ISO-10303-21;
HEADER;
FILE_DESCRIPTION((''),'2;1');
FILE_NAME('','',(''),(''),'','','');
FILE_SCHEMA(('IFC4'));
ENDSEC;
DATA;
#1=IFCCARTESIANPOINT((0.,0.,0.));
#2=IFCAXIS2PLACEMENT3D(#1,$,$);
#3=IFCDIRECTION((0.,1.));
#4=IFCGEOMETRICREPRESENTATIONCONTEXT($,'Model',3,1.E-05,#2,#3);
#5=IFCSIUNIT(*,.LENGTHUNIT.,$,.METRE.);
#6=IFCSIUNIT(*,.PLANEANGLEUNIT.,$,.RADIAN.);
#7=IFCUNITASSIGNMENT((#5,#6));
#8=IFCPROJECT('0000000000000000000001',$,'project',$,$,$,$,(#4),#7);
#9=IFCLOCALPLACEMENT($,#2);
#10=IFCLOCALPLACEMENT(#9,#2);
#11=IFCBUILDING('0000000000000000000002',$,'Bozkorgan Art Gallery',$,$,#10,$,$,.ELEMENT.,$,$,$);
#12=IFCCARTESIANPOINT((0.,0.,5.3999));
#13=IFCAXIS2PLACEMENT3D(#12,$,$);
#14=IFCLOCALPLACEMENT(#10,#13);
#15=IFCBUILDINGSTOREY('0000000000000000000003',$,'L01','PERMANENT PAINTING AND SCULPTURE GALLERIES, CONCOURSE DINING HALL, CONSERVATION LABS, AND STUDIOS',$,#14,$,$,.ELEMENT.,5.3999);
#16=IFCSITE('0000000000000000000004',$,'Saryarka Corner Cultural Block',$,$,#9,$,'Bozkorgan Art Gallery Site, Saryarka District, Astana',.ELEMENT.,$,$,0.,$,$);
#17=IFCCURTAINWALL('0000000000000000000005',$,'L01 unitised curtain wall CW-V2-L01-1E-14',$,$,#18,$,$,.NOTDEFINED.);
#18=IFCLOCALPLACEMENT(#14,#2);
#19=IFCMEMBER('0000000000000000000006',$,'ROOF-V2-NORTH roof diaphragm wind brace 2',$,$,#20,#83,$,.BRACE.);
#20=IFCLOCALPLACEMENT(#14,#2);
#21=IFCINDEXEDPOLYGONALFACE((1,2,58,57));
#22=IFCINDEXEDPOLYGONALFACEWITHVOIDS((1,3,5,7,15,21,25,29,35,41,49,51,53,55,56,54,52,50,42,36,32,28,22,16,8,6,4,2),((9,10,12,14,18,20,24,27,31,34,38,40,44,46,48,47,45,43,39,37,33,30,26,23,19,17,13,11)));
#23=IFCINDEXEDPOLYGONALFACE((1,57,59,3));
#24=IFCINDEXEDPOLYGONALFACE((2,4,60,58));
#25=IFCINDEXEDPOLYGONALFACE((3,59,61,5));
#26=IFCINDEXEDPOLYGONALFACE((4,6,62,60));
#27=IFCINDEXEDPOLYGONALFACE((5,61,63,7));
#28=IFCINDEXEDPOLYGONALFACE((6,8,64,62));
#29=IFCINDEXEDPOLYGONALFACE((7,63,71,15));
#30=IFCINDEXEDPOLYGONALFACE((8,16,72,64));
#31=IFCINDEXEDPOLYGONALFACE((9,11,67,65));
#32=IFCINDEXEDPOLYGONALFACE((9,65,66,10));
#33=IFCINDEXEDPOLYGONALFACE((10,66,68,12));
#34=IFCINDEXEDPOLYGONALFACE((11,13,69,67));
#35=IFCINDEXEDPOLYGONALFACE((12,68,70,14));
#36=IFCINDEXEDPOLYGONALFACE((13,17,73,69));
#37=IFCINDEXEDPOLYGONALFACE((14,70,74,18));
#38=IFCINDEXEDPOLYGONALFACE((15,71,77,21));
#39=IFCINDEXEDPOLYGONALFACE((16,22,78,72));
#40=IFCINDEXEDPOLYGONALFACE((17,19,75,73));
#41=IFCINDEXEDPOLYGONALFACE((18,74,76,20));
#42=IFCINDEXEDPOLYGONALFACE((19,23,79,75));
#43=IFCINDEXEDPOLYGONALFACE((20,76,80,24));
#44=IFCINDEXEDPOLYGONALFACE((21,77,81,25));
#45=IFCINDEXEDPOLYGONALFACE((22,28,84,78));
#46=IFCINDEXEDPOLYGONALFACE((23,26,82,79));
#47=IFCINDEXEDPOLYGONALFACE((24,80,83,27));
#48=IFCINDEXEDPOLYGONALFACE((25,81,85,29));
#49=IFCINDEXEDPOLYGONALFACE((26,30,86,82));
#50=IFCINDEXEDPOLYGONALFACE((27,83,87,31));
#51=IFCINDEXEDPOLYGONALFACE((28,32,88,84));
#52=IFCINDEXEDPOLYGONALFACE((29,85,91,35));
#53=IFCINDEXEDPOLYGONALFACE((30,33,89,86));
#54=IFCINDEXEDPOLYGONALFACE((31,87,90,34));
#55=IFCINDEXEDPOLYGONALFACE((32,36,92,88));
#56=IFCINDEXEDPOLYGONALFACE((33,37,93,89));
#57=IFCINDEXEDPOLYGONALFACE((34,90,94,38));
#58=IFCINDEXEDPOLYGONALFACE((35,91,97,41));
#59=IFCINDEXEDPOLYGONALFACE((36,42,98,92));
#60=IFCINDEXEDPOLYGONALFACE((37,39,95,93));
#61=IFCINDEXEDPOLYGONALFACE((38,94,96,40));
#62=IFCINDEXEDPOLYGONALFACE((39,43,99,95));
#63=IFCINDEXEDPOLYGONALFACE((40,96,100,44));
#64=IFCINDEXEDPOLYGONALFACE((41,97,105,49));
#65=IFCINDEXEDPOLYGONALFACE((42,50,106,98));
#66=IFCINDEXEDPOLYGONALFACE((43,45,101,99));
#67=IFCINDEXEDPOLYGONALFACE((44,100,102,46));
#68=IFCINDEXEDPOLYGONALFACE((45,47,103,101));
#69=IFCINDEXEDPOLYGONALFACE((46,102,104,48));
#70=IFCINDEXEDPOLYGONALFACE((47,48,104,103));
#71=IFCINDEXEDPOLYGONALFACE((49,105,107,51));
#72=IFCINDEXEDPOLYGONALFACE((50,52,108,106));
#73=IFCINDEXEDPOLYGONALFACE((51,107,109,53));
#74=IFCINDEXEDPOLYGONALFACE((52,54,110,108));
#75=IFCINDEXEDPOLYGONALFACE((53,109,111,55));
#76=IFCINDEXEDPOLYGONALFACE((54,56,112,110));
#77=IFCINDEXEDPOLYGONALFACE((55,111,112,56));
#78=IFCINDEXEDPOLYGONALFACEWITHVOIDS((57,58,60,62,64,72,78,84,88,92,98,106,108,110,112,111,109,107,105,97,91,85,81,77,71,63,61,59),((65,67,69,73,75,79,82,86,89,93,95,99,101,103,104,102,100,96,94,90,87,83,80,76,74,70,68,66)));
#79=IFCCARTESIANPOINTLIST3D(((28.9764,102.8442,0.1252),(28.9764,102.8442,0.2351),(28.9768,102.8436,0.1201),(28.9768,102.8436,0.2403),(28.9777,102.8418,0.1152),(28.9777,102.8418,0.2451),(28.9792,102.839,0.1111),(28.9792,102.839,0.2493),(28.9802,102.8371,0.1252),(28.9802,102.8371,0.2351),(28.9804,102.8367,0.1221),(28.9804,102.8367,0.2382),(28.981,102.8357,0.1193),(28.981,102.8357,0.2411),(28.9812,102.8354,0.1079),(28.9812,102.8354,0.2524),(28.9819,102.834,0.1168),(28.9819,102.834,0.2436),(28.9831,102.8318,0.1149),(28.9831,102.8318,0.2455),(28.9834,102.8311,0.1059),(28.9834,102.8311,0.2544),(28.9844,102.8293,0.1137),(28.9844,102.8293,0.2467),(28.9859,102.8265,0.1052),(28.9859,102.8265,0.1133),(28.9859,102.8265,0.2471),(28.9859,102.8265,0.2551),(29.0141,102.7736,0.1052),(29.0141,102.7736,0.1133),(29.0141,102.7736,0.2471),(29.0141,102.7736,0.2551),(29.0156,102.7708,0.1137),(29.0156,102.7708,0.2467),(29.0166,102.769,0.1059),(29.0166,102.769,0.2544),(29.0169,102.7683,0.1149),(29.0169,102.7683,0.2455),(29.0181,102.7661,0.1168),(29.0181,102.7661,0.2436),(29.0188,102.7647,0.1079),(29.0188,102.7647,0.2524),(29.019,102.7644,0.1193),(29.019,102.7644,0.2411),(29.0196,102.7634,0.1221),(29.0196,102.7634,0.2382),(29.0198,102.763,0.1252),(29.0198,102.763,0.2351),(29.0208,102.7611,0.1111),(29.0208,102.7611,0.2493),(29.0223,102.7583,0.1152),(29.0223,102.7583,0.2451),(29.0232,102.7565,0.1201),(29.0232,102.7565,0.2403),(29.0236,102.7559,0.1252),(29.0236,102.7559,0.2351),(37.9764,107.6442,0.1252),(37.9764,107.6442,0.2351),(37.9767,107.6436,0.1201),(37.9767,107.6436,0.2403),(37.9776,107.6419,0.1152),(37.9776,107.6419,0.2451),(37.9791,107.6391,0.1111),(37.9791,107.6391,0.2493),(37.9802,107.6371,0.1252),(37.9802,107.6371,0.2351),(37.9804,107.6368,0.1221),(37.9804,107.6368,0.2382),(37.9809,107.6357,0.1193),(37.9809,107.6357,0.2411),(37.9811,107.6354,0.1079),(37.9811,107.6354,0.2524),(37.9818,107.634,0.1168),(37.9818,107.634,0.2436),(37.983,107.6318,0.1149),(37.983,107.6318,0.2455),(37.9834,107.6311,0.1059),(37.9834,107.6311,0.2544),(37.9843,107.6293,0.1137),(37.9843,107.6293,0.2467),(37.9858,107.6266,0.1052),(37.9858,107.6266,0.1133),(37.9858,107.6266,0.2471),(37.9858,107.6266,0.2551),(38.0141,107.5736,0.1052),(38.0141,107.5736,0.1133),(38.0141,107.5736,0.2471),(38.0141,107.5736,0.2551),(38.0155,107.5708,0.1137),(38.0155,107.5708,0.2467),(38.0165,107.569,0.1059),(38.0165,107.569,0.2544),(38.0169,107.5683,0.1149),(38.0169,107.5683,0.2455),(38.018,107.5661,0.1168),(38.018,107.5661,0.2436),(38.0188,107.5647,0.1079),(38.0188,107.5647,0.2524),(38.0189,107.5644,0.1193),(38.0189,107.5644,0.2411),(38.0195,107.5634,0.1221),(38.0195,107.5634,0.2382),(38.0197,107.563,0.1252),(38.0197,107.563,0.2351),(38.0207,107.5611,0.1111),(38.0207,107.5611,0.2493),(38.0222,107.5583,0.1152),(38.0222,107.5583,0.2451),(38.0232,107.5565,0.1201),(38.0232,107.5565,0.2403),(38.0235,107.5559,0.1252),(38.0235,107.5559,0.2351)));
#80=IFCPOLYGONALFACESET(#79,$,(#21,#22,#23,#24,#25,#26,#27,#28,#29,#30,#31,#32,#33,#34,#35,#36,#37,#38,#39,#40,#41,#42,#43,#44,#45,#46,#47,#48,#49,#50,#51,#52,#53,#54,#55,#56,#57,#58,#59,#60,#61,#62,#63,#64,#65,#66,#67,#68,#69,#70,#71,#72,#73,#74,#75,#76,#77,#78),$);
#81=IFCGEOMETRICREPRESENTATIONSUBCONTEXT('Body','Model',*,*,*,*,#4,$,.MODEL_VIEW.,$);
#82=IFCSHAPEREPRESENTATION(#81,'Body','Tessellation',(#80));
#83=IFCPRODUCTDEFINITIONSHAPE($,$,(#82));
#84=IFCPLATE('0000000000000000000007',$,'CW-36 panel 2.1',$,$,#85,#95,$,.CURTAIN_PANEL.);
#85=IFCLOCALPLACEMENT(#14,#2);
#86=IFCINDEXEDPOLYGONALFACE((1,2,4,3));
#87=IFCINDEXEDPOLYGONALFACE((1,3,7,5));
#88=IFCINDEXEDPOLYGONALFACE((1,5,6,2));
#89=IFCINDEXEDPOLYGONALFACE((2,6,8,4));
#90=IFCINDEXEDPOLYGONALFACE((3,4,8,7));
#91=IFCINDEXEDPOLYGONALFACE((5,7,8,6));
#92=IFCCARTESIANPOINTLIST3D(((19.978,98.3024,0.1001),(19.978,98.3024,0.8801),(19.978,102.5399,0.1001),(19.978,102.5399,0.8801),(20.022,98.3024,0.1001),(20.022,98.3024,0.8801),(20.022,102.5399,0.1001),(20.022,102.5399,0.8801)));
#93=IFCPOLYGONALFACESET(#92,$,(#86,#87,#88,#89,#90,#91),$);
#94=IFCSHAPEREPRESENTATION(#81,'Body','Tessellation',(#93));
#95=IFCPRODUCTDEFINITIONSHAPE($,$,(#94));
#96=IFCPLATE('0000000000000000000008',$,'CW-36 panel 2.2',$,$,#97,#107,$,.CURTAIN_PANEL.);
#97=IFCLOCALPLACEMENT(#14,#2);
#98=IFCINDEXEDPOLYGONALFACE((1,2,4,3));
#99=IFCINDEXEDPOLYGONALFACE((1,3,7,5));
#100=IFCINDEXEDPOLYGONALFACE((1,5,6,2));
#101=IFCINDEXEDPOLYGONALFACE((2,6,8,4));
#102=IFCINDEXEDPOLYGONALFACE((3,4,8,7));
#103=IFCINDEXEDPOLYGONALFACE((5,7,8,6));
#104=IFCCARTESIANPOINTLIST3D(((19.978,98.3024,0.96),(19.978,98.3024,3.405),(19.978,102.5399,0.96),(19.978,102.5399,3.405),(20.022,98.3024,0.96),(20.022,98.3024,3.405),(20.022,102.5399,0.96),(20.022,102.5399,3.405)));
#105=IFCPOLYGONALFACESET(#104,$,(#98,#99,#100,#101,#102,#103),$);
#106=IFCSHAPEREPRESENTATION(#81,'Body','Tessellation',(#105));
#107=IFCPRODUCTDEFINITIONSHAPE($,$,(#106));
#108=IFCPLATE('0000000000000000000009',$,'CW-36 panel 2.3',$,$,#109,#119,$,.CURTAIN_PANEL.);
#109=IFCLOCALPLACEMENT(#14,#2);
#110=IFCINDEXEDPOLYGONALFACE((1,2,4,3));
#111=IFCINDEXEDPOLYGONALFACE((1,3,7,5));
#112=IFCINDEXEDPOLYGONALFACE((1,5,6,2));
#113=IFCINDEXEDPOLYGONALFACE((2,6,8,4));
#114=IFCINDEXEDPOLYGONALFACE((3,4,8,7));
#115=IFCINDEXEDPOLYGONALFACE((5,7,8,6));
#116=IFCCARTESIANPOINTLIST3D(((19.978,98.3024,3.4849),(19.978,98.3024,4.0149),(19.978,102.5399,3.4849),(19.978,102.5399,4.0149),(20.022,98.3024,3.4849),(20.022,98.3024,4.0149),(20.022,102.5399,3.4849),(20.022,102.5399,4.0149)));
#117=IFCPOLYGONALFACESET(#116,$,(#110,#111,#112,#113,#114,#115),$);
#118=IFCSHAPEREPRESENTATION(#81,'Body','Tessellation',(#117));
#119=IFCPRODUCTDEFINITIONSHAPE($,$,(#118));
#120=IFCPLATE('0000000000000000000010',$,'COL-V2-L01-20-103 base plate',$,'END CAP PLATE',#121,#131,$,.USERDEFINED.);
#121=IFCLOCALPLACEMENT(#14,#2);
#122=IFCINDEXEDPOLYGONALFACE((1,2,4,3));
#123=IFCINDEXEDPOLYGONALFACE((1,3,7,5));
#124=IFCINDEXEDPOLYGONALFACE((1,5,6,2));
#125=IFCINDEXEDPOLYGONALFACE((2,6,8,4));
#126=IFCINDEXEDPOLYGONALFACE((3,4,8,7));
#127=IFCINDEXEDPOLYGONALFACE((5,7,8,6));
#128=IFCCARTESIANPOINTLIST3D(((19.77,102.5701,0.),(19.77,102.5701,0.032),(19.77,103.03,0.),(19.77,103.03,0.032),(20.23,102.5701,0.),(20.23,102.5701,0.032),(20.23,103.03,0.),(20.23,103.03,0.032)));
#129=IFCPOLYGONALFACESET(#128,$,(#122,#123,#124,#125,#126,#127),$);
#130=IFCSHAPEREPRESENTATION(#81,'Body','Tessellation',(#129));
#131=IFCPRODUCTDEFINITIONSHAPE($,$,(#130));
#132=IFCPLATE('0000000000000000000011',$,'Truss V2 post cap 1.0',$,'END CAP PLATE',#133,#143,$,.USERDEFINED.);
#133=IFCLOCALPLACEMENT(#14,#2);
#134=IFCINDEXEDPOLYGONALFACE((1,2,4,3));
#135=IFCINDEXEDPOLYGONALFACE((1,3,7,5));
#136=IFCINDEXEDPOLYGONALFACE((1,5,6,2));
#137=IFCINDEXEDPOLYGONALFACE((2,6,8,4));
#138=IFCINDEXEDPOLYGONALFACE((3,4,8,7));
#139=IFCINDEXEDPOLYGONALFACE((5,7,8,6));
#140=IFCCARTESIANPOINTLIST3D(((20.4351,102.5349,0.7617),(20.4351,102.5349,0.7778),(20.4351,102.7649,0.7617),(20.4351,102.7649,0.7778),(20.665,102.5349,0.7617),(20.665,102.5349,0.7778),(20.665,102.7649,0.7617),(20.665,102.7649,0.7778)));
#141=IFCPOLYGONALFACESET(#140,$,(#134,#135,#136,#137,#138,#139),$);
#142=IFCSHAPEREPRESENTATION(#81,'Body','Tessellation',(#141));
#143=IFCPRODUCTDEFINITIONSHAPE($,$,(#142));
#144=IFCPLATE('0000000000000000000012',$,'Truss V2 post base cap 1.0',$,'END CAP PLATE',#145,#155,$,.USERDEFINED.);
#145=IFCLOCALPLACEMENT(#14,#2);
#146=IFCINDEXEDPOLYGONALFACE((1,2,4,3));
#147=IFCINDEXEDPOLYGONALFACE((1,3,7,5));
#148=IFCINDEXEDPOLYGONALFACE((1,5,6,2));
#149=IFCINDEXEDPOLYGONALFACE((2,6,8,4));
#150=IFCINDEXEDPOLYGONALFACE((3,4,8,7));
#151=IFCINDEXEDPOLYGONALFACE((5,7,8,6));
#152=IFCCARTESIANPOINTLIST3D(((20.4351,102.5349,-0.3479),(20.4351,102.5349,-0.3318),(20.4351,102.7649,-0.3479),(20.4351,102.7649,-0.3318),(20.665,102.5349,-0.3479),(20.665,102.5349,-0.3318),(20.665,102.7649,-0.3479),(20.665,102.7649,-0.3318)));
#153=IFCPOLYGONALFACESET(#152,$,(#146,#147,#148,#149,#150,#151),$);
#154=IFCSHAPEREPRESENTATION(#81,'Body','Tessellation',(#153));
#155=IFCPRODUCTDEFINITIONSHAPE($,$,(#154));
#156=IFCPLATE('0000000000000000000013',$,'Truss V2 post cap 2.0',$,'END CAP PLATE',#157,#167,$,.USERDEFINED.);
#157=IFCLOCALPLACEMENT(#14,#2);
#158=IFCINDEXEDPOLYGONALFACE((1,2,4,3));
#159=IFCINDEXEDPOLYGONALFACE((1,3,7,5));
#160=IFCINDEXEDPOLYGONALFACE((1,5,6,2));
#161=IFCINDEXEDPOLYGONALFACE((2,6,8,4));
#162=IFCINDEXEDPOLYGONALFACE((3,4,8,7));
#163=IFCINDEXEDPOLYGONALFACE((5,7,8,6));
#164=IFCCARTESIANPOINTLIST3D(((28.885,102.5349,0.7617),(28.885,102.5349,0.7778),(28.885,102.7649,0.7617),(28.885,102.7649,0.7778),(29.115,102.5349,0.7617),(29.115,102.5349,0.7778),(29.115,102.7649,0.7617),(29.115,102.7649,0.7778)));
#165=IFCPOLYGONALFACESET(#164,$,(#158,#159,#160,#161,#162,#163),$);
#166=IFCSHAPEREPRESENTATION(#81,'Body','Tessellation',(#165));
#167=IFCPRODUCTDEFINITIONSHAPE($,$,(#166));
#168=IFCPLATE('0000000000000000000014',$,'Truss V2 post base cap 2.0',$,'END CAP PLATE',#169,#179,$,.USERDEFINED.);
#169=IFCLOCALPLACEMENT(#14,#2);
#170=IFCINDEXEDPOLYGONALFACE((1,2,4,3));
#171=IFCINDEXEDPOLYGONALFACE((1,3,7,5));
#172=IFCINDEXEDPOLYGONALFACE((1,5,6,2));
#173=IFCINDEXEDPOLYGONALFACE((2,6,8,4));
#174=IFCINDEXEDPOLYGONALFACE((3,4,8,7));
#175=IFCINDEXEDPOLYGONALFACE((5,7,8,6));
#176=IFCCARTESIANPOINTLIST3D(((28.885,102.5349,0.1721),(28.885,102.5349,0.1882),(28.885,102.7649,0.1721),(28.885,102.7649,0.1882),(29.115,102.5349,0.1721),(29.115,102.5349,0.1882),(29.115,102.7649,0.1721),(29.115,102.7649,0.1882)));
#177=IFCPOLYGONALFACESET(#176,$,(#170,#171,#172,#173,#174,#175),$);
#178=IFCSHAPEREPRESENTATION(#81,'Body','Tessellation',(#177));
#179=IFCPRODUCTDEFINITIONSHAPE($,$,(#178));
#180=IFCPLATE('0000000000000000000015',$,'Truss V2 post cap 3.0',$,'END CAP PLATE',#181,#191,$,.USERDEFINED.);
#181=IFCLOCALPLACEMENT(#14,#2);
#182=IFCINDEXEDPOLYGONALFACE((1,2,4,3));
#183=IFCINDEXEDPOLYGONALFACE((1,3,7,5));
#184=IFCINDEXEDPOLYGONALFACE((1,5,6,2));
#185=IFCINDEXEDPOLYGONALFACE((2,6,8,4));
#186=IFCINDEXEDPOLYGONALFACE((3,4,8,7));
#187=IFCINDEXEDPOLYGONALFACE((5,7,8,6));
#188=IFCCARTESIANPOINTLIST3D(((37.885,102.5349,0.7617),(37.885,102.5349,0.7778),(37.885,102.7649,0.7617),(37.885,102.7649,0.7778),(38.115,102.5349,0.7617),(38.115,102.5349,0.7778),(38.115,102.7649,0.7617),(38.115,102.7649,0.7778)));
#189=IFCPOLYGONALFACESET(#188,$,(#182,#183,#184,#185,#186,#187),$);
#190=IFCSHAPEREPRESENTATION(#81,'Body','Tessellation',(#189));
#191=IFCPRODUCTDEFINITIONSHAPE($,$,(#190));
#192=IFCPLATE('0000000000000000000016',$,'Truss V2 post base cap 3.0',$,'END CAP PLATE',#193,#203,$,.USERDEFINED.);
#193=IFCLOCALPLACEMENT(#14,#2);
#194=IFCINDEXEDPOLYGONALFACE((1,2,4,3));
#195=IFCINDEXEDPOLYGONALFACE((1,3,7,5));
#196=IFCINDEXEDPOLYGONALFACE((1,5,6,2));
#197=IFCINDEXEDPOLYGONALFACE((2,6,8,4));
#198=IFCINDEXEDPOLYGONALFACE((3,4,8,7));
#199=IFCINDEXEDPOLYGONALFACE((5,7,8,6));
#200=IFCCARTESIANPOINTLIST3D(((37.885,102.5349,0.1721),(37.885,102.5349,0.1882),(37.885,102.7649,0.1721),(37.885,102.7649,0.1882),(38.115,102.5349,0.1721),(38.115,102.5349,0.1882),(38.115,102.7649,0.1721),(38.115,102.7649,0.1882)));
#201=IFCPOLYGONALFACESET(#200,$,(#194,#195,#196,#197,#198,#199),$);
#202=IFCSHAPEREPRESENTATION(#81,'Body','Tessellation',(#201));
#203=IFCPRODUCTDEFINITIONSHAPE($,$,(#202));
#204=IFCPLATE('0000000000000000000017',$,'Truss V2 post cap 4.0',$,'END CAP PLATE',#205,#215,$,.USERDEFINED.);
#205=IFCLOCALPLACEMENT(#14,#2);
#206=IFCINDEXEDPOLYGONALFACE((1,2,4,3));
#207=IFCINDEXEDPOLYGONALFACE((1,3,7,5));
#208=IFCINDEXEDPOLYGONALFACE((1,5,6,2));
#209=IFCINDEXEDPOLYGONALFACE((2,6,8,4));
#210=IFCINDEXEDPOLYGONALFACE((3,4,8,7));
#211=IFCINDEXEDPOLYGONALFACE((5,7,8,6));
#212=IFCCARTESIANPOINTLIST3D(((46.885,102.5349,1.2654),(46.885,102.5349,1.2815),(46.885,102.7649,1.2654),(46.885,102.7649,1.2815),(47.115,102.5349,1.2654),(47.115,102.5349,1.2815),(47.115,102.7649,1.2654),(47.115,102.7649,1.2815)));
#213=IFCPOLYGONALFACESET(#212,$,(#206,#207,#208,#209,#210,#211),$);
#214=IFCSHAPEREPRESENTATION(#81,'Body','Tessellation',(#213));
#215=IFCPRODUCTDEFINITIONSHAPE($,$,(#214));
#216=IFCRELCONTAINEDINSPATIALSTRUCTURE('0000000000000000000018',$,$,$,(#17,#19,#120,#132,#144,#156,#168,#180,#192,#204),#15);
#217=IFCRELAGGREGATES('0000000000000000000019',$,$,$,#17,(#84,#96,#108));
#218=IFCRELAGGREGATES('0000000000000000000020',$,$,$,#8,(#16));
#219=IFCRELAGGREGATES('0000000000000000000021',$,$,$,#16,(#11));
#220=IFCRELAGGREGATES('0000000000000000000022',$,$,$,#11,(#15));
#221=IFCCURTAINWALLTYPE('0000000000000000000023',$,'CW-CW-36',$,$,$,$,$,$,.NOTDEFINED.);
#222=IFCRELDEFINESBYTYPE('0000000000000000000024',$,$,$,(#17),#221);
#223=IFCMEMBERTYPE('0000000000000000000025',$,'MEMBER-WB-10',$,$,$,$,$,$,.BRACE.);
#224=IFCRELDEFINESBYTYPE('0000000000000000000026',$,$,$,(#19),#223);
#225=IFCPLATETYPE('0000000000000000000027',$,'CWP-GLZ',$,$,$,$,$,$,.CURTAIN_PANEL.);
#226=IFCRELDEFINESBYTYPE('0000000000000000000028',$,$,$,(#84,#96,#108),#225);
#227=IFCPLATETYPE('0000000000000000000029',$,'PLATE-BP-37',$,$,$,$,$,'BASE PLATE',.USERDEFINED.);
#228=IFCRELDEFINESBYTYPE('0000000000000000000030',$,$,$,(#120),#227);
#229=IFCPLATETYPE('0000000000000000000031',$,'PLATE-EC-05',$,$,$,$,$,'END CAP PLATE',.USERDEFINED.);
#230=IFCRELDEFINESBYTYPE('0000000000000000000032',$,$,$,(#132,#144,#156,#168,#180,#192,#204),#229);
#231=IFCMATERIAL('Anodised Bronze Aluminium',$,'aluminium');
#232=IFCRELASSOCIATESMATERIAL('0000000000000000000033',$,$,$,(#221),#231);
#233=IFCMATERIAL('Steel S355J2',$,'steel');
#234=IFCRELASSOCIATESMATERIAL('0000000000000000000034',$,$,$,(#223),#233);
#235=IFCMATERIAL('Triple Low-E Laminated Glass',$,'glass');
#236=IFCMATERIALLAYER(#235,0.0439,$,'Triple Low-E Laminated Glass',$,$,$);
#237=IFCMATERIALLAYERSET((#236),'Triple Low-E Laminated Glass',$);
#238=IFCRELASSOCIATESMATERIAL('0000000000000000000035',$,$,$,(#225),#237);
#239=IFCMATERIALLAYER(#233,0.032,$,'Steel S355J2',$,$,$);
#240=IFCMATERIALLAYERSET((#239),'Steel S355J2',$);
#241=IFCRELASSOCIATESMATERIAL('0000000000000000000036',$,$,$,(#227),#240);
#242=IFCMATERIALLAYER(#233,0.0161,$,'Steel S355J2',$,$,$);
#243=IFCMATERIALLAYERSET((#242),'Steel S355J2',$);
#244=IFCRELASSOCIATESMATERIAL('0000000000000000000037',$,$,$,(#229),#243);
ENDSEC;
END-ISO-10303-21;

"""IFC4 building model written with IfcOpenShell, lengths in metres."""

from ifc_helpers import new_model, si_unit, direction, frame, origin, origin_2d, place, context, subcontext, project, spatial, rectangle, hollow_rectangle, extrude, material, layer, layer_set, material_profile, profile_set, type_object, element, aggregate, save


model = new_model("IFC4")

# Units and contexts
model_context = context("Model", 3, precision=1e-05, world=origin(), true_north=direction((0.0, 1.0)))
body_context = subcontext(model_context, "Body", "Model", "MODEL_VIEW")
ifc_project = project(units=[si_unit("LENGTHUNIT", "METRE"), si_unit("PLANEANGLEUNIT", "RADIAN")], contexts=[model_context])

# Site, building, storey
site_placement = place(None, origin())
site = spatial("IfcSite", under=ifc_project, at=site_placement, Name="Saryarka Corner Cultural Block", LongName="Bozkorgan Art Gallery Site, Saryarka District, Astana", CompositionType="ELEMENT", RefElevation=0.0)
building_placement = place(site_placement, origin())
building = spatial("IfcBuilding", under=site, at=building_placement, Name="Bozkorgan Art Gallery", CompositionType="ELEMENT")
storey_placement = place(building_placement, frame((0.0, 0.0, 5.3999)))
storey = spatial("IfcBuildingStorey", under=building, at=storey_placement, Name="L01", Description="PERMANENT PAINTING AND SCULPTURE GALLERIES, CONCOURSE DINING HALL, CONSERVATION LABS, AND STUDIOS", CompositionType="ELEMENT", Elevation=5.3999)

# Shared definitions
ifc_material_1 = material(Name="Steel S355J2", Category="steel")

# Curtain wall
ifc_material_2 = material(Name="Anodised Bronze Aluminium", Category="aluminium")
curtain_wall_type = type_object("IfcCurtainWallType", Name="CW-CW-36", PredefinedType="NOTDEFINED", material=ifc_material_2)
curtain_wall_placement = place(storey_placement, origin())
curtain_wall = element("IfcCurtainWall", 1, at=curtain_wall_placement, inside=storey, type_object=curtain_wall_type, Name="L01 unitised curtain wall CW-V2-L01-1E-14", PredefinedType="NOTDEFINED")

# Member
ifc_material_profile_1 = material_profile(ifc_material_1, hollow_rectangle(XDim=0.1001, YDim=0.1499, WallThickness=0.0081, InnerFilletRadius=0.012, OuterFilletRadius=0.02, at=origin_2d()), Name="RHS 150x100x8")
ifc_profile_set_1 = profile_set([ifc_material_profile_1], Name="Steel S355J2")
member_type_1 = type_object("IfcMemberType", Name="MEMBER-WB-10", PredefinedType="BRACE", material=ifc_profile_set_1)
member_1_placement = place(storey_placement, frame((29.0, 102.8, 0.1802), z_axis=(0.882351, 0.470592, 0.0), x_axis=(-0.470592, 0.882351, 0.0)))
element("IfcMember", 2, at=member_1_placement, inside=storey, type_object=member_type_1, Name="ROOF-V2-NORTH roof diaphragm wind brace 2", PredefinedType="BRACE", context=body_context, shape_type="SweptSolid", body=[
    extrude(hollow_rectangle(XDim=0.1001, YDim=0.1499, WallThickness=0.0081, InnerFilletRadius=0.012, OuterFilletRadius=0.02, at=origin_2d()), origin(), (0.0, 0.0, 1.0), 10.2),
])

# Plates
ifc_material_3 = material(Name="Triple Low-E Laminated Glass", Category="glass")
ifc_layer_1 = layer(ifc_material_3, 0.0439, Name="Triple Low-E Laminated Glass")
ifc_layer_set_1 = layer_set([ifc_layer_1], Name="Triple Low-E Laminated Glass")
plate_type_1 = type_object("IfcPlateType", Name="CWP-GLZ", PredefinedType="CURTAIN_PANEL", material=ifc_layer_set_1)
plate_1_placement = place(storey_placement, frame((20.0, 100.4211, 0.1001), z_axis=(0.0, 0.0, 1.0), x_axis=(0.0, 1.0, 0.0)))
plate_1 = element("IfcPlate", 3, at=plate_1_placement, type_object=plate_type_1, Name="CW-36 panel 2.1", PredefinedType="CURTAIN_PANEL", context=body_context, shape_type="SweptSolid", body=[
    extrude(rectangle(XDim=4.2375, YDim=0.0439, at=origin_2d()), origin(), (0.0, 0.0, 1.0), 0.78),
])
plate_2_placement = place(storey_placement, frame((20.0, 100.4211, 0.96), z_axis=(0.0, 0.0, 1.0), x_axis=(0.0, 1.0, 0.0)))
plate_2 = element("IfcPlate", 4, at=plate_2_placement, type_object=plate_type_1, Name="CW-36 panel 2.2", PredefinedType="CURTAIN_PANEL", context=body_context, shape_type="SweptSolid", body=[
    extrude(rectangle(XDim=4.2375, YDim=0.0439, at=origin_2d()), origin(), (0.0, 0.0, 1.0), 2.4451),
])
plate_3_placement = place(storey_placement, frame((20.0, 100.4211, 3.4849), z_axis=(0.0, 0.0, 1.0), x_axis=(0.0, 1.0, 0.0)))
plate_3 = element("IfcPlate", 5, at=plate_3_placement, type_object=plate_type_1, Name="CW-36 panel 2.3", PredefinedType="CURTAIN_PANEL", context=body_context, shape_type="SweptSolid", body=[
    extrude(rectangle(XDim=4.2375, YDim=0.0439, at=origin_2d()), origin(), (0.0, 0.0, 1.0), 0.53),
])
aggregate(curtain_wall, [plate_1, plate_2, plate_3])

# Plates
ifc_layer_2 = layer(ifc_material_1, 0.032, Name="Steel S355J2")
ifc_layer_set_2 = layer_set([ifc_layer_2], Name="Steel S355J2")
plate_type_2 = type_object("IfcPlateType", Name="PLATE-BP-37", ElementType="BASE PLATE", PredefinedType="USERDEFINED", material=ifc_layer_set_2)
plate_4_placement = place(storey_placement, frame((20.0, 102.8, 0.0), z_axis=(0.0, 0.0, 1.0), x_axis=(1.0, 0.0, 0.0)))
element("IfcPlate", 6, at=plate_4_placement, inside=storey, type_object=plate_type_2, Name="COL-V2-L01-20-103 base plate", ObjectType="END CAP PLATE", PredefinedType="USERDEFINED", context=body_context, shape_type="SweptSolid", body=[
    extrude(rectangle(XDim=0.46, YDim=0.46, at=origin_2d()), origin(), (0.0, 0.0, 1.0), 0.032),
])
ifc_layer_3 = layer(ifc_material_1, 0.0161, Name="Steel S355J2")
ifc_layer_set_3 = layer_set([ifc_layer_3], Name="Steel S355J2")
plate_type_3 = type_object("IfcPlateType", Name="PLATE-EC-05", ElementType="END CAP PLATE", PredefinedType="USERDEFINED", material=ifc_layer_set_3)
for number, where, z_axis, x_axis, name in (
    (7, (20.55, 102.6499, 0.7617), (0.0, 0.0, 1.0), (1.0, 0.0, 0.0), "Truss V2 post cap 1.0"),
    (8, (20.55, 102.6499, -0.3479), (0.0, 0.0, 1.0), (1.0, 0.0, 0.0), "Truss V2 post base cap 1.0"),
    (9, (29.0, 102.6499, 0.7617), (0.0, 0.0, 1.0), (1.0, 0.0, 0.0), "Truss V2 post cap 2.0"),
    (10, (29.0, 102.6499, 0.1721), (0.0, 0.0, 1.0), (1.0, 0.0, 0.0), "Truss V2 post base cap 2.0"),
    (11, (38.0, 102.6499, 0.7617), (0.0, 0.0, 1.0), (1.0, 0.0, 0.0), "Truss V2 post cap 3.0"),
    (12, (38.0, 102.6499, 0.1721), (0.0, 0.0, 1.0), (1.0, 0.0, 0.0), "Truss V2 post base cap 3.0"),
    (13, (47.0, 102.6499, 1.2654), (0.0, 0.0, 1.0), (1.0, 0.0, 0.0), "Truss V2 post cap 4.0"),
):
    element("IfcPlate", number, at=place(storey_placement, frame(where, z_axis=z_axis, x_axis=x_axis)), inside=storey, type_object=plate_type_3, Name=name, ObjectType="END CAP PLATE", PredefinedType="USERDEFINED", context=body_context, shape_type="SweptSolid", body=[
        extrude(rectangle(XDim=0.23, YDim=0.23, at=origin_2d()), origin(), (0.0, 0.0, 1.0), 0.0161),
    ])

save(model, "model.ifc")
